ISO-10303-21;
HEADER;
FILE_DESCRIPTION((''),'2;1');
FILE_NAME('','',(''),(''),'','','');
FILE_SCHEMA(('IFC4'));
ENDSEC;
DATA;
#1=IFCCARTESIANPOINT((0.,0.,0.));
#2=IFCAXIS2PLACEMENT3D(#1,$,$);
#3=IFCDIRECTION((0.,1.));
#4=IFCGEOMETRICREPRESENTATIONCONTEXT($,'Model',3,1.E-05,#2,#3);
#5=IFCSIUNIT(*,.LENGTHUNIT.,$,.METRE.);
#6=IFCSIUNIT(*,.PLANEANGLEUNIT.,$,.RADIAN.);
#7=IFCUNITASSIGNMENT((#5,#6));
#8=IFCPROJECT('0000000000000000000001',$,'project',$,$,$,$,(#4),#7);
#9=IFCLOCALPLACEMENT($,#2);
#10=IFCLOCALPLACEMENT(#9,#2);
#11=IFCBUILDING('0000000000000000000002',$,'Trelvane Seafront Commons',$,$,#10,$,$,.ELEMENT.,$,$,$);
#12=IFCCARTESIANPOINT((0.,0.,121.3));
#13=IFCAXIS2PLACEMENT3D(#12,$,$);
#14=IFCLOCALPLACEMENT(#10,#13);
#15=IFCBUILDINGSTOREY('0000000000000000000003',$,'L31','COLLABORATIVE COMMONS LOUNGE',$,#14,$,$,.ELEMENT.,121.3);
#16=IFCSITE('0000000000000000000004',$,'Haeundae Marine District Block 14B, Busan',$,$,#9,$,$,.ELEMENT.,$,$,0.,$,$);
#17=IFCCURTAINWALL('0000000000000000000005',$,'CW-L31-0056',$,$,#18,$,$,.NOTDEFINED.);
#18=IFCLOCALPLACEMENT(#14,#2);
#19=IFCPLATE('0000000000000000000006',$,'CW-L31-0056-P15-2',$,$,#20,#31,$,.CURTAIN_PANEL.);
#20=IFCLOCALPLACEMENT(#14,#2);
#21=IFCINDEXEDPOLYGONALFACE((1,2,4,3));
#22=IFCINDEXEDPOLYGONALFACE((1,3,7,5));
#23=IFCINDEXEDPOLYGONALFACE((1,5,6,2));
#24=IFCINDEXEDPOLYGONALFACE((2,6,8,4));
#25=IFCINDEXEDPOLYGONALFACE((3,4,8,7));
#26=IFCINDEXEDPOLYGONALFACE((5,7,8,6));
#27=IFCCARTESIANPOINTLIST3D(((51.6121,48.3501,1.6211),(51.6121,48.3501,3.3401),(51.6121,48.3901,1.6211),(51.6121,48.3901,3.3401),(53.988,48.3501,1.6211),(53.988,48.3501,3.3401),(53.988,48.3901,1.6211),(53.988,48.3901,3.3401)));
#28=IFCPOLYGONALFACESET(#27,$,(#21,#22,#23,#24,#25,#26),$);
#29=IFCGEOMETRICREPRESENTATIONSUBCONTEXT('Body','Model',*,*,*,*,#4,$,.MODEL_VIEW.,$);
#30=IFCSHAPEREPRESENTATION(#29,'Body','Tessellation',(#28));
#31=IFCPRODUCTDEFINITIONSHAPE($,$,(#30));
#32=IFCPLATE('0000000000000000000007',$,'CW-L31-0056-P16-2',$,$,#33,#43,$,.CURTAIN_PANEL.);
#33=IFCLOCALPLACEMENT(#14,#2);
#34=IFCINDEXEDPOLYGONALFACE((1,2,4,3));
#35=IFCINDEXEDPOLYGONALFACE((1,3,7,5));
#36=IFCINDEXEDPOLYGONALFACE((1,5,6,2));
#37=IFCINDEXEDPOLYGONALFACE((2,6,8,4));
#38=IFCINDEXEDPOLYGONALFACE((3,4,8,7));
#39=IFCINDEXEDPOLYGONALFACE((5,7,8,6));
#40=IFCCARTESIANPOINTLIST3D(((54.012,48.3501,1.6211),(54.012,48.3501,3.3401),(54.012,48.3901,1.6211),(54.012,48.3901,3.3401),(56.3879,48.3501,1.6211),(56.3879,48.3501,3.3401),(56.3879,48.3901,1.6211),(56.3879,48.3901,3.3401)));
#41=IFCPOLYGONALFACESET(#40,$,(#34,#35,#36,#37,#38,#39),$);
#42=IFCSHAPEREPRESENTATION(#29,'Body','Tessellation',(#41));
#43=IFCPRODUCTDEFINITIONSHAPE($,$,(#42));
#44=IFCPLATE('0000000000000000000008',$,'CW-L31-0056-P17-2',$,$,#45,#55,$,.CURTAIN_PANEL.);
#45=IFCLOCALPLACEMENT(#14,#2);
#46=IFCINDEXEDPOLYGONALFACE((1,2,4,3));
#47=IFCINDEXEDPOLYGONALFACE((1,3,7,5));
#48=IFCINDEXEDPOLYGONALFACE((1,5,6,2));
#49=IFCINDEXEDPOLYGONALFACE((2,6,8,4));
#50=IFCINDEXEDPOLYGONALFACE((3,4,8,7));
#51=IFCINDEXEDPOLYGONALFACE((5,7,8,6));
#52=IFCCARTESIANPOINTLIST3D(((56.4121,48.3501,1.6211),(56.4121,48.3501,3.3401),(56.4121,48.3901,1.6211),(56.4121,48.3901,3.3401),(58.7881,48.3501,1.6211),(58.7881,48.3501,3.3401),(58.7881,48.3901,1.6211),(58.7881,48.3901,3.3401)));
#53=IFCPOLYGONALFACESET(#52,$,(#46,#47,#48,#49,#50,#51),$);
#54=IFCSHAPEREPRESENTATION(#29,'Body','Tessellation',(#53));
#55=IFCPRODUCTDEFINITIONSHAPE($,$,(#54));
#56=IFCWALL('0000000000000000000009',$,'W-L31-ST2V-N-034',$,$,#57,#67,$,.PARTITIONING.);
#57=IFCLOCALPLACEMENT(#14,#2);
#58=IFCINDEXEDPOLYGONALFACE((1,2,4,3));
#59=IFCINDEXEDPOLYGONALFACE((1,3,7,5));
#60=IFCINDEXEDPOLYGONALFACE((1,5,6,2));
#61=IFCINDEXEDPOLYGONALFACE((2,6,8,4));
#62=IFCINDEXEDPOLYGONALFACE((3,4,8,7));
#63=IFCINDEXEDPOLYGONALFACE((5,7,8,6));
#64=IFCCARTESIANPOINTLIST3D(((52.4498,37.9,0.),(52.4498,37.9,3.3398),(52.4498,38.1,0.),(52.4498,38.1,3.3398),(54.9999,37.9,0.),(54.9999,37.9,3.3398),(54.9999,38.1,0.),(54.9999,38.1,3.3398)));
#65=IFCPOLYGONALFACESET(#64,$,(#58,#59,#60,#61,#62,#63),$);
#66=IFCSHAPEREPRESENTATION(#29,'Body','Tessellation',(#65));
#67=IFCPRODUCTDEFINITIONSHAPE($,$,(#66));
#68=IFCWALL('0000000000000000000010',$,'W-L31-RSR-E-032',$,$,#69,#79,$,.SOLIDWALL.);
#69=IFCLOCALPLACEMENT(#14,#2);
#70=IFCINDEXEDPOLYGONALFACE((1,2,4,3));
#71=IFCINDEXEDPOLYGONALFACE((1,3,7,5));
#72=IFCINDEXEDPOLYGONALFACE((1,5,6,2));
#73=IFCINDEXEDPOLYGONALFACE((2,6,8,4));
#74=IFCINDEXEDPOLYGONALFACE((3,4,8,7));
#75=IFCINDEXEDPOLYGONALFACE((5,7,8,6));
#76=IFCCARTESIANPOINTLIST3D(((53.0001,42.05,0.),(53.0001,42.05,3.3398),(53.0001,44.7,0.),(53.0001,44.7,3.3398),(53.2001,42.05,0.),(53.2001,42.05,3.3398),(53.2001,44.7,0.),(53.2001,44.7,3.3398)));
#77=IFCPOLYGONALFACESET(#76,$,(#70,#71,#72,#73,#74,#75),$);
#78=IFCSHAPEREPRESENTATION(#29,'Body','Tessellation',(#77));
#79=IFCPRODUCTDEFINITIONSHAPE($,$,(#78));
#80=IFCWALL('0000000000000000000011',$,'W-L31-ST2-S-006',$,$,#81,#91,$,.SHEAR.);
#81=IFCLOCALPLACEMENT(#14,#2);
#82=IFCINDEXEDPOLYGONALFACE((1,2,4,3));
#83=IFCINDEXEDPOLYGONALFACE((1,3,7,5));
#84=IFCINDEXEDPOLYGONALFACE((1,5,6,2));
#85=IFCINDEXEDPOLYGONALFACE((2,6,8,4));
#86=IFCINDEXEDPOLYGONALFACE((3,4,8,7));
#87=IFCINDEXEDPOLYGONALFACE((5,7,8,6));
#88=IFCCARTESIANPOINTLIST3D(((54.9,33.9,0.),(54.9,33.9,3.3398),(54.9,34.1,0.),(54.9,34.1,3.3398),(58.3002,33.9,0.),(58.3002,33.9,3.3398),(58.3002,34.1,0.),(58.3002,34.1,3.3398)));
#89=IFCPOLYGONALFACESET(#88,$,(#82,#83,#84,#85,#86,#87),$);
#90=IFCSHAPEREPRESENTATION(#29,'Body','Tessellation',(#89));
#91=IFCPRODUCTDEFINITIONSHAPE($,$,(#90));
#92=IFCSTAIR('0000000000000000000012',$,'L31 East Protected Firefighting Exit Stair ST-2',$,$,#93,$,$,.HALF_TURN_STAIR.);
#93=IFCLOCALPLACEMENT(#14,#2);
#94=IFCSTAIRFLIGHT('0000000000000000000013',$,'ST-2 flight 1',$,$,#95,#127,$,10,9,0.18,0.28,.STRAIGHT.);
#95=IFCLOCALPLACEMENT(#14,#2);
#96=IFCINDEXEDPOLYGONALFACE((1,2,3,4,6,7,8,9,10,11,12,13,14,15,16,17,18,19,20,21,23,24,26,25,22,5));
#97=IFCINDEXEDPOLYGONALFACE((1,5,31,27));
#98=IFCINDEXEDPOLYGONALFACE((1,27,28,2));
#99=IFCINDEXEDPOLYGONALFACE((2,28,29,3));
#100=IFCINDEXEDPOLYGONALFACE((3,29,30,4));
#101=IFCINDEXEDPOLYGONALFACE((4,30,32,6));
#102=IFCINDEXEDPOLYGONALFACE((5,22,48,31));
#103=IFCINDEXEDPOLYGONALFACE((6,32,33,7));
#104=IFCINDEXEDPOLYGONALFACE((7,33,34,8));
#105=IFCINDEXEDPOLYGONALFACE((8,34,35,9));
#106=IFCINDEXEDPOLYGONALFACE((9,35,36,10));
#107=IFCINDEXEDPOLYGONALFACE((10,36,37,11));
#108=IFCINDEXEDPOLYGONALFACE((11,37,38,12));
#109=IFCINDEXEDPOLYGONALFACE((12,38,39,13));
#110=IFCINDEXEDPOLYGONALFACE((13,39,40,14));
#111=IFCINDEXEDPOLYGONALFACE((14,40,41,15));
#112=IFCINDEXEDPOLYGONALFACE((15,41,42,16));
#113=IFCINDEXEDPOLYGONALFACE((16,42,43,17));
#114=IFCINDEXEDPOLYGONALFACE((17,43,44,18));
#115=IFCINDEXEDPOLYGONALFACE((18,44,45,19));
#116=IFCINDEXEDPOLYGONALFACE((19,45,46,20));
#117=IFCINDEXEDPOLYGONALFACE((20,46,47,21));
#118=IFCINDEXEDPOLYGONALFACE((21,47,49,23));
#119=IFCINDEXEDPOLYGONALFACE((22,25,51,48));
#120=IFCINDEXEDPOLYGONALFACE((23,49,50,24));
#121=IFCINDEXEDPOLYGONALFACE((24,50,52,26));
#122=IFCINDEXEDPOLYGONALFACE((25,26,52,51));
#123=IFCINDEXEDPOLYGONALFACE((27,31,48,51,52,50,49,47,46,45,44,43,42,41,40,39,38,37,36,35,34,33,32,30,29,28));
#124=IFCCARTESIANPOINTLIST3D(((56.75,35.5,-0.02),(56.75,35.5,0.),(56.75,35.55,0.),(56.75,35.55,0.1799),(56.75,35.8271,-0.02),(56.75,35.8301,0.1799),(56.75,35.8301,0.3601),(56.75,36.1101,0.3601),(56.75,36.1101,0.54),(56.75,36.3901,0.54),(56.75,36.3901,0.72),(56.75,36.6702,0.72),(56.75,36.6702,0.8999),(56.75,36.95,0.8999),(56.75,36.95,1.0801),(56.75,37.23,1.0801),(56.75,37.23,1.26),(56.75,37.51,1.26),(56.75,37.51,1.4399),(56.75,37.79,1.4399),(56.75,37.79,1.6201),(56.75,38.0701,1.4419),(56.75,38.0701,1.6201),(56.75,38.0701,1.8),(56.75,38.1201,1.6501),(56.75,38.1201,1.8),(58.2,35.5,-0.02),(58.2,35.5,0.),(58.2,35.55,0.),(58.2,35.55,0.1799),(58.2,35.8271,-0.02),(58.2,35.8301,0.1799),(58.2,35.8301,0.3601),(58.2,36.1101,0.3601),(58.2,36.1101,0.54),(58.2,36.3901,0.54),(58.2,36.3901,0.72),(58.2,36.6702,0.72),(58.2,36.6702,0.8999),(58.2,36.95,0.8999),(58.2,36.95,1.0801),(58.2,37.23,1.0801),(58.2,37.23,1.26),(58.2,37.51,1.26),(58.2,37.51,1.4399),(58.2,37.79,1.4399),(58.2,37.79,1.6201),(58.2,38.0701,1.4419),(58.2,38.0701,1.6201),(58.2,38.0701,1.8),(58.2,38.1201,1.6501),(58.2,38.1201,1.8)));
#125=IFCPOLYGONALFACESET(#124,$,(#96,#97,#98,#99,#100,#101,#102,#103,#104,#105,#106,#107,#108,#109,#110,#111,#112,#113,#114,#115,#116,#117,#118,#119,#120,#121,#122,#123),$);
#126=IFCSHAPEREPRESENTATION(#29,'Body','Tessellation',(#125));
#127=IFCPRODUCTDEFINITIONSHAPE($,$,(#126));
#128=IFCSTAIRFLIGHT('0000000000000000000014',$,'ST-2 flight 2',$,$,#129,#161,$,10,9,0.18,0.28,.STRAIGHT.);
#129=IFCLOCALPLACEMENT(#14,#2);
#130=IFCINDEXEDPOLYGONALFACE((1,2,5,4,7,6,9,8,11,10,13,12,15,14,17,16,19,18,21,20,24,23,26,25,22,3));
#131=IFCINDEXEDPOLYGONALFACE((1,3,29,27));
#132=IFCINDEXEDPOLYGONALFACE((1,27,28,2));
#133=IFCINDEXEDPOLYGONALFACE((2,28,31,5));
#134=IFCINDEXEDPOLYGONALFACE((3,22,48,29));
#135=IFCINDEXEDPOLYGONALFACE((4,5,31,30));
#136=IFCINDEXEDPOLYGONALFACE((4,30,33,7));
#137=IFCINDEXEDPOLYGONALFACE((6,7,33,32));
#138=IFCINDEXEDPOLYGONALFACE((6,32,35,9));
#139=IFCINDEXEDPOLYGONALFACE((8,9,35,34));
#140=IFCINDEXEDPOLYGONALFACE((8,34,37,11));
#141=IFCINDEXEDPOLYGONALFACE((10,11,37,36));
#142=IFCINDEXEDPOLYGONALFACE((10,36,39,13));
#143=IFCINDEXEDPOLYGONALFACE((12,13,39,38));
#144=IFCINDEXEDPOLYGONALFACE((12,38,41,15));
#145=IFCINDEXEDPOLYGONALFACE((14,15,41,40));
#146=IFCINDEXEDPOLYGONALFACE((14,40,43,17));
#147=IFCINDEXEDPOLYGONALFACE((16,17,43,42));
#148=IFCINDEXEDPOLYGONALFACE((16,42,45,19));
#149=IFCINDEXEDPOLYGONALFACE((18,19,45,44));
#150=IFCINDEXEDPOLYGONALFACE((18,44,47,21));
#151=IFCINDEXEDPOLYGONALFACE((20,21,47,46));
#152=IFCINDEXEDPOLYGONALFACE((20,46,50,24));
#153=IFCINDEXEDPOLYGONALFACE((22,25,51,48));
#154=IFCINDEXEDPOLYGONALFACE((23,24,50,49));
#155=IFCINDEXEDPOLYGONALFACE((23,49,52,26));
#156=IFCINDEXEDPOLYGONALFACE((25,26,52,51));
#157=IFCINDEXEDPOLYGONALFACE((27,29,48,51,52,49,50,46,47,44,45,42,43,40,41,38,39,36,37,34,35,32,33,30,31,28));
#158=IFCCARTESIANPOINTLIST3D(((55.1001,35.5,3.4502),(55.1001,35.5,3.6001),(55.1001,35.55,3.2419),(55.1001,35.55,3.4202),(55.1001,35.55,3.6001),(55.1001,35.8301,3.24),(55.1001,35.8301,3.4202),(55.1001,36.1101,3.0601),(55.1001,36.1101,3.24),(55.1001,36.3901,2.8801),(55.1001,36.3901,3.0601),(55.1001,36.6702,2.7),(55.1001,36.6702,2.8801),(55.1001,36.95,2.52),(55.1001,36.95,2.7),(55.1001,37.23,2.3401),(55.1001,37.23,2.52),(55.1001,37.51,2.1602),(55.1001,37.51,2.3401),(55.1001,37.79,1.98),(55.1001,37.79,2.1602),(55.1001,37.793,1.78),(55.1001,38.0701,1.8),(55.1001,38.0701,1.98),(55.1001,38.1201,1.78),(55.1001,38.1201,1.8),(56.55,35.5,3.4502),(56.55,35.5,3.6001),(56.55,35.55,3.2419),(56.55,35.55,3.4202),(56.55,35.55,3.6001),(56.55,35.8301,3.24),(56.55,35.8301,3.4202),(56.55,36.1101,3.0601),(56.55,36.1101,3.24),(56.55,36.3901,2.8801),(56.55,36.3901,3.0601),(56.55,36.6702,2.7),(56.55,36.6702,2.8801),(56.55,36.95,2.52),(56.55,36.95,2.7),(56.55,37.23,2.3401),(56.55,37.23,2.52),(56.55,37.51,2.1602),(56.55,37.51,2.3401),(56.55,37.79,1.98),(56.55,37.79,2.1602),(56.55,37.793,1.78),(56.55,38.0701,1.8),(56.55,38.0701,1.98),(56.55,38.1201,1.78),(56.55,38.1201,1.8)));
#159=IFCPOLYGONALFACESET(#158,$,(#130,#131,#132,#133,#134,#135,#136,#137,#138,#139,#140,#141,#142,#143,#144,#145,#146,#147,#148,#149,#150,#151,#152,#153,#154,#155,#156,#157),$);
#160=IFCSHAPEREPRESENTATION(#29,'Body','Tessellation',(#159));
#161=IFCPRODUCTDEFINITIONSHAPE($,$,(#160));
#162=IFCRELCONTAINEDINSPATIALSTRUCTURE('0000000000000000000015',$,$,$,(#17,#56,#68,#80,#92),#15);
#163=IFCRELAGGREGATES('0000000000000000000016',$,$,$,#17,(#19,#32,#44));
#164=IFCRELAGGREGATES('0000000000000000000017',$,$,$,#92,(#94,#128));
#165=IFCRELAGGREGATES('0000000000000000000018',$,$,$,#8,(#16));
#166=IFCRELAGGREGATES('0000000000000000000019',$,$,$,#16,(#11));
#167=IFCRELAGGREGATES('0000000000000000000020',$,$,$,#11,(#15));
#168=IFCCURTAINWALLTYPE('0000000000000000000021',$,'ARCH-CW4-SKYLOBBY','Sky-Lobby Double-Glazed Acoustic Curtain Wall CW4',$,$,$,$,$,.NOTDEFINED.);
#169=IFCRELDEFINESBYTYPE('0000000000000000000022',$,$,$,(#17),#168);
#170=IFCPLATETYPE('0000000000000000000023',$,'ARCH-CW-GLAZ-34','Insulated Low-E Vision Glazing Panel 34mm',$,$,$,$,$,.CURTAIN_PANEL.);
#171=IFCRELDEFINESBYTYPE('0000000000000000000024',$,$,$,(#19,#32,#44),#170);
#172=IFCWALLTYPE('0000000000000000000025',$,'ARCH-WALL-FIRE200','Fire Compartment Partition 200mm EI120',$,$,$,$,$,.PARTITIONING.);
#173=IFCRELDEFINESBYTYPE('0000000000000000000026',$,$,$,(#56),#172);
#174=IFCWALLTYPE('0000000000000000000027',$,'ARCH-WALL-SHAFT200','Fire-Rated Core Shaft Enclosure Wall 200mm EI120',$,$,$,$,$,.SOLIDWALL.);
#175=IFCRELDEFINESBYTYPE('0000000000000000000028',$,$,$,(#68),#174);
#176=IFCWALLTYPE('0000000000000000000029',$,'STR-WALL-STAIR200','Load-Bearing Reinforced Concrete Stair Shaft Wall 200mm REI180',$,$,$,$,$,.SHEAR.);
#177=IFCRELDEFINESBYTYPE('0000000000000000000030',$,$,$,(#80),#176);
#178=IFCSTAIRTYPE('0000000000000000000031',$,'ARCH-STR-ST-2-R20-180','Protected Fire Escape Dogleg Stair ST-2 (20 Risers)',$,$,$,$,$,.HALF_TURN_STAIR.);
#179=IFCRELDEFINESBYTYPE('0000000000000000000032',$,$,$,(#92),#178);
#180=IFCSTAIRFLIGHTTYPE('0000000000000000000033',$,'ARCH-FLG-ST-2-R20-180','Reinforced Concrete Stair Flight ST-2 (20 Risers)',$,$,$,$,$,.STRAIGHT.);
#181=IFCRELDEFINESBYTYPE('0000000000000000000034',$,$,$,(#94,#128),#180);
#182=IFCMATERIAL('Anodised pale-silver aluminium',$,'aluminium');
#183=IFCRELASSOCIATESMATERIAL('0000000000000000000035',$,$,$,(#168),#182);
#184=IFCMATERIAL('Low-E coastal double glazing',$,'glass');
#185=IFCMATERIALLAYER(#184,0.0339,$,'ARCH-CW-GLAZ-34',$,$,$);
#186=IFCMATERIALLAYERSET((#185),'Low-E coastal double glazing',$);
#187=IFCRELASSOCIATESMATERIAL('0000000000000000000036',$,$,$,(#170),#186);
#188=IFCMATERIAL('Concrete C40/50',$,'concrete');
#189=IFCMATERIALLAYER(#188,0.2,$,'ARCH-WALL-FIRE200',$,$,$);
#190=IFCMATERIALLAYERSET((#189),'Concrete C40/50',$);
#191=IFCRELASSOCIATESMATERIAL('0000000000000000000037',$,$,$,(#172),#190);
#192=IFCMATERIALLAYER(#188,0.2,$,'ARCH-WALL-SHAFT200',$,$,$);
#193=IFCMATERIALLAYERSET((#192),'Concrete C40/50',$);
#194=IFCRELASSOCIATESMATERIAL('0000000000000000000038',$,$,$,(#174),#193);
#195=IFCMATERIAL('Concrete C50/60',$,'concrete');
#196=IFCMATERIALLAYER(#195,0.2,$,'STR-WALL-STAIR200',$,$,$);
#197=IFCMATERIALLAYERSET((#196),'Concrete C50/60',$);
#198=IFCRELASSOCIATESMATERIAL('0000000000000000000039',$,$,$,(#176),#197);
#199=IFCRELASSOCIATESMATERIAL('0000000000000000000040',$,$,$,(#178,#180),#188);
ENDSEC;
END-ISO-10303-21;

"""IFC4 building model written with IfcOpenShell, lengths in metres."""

from ifc_helpers import new_model, si_unit, direction, frame, frame_2d, origin, origin_2d, place, context, subcontext, project, spatial, polyline, rectangle, outline, extrude, source, transform, mapped, material, layer, layer_set, type_object, element, aggregate, save


model = new_model("IFC4")

# Units and contexts
model_context = context("Model", 3, precision=1e-05, world=origin(), true_north=direction((0.0, 1.0)))
body_context = subcontext(model_context, "Body", "Model", "MODEL_VIEW")
ifc_project = project(units=[si_unit("LENGTHUNIT", "METRE"), si_unit("PLANEANGLEUNIT", "RADIAN")], contexts=[model_context])

# Site, building, storey
site_placement = place(None, origin())
site = spatial("IfcSite", under=ifc_project, at=site_placement, Name="Haeundae Marine District Block 14B, Busan", CompositionType="ELEMENT", RefElevation=0.0)
building_placement = place(site_placement, origin())
building = spatial("IfcBuilding", under=site, at=building_placement, Name="Trelvane Seafront Commons", CompositionType="ELEMENT")
storey_placement = place(building_placement, frame((0.0, 0.0, 121.3)))
storey = spatial("IfcBuildingStorey", under=building, at=storey_placement, Name="L31", Description="COLLABORATIVE COMMONS LOUNGE", CompositionType="ELEMENT", Elevation=121.3)

# Curtain wall
ifc_material_1 = material(Name="Anodised pale-silver aluminium", Category="aluminium")
curtain_wall_type = type_object("IfcCurtainWallType", Name="ARCH-CW4-SKYLOBBY", Description="Sky-Lobby Double-Glazed Acoustic Curtain Wall CW4", PredefinedType="NOTDEFINED", material=ifc_material_1)
curtain_wall_placement = place(storey_placement, origin())
curtain_wall = element("IfcCurtainWall", 1, at=curtain_wall_placement, inside=storey, type_object=curtain_wall_type, Name="CW-L31-0056", PredefinedType="NOTDEFINED")

# Plates
ifc_material_2 = material(Name="Low-E coastal double glazing", Category="glass")
ifc_layer_1 = layer(ifc_material_2, 0.0339, Name="ARCH-CW-GLAZ-34")
ifc_layer_set_1 = layer_set([ifc_layer_1], Name="Low-E coastal double glazing")
plate_type_1 = type_object("IfcPlateType", Name="ARCH-CW-GLAZ-34", Description="Insulated Low-E Vision Glazing Panel 34mm", PredefinedType="CURTAIN_PANEL", material=ifc_layer_set_1)
shared_shape_1 = source(origin(), body_context, "Body", "SweptSolid", [
    extrude(rectangle(XDim=2.376, YDim=0.04, at=origin_2d()), origin(), (0.0, 0.0, 1.0), 1.719),
])
plate_1_placement = place(storey_placement, frame((52.8, 48.3701, 1.6211), z_axis=(0.0, 0.0, 1.0), x_axis=(1.0, 0.0, 0.0)))
plate_1 = element("IfcPlate", 2, at=plate_1_placement, type_object=plate_type_1, Name="CW-L31-0056-P15-2", PredefinedType="CURTAIN_PANEL", context=body_context, shape_type="MappedRepresentation", body=[
    mapped(shared_shape_1, transform((0.0, 0.0, 0.0), x_axis=(1.0, 0.0, 0.0), y_axis=(0.0, 1.0, 0.0), z_axis=(0.0, 0.0, 1.0), scale=1.0)),
])
plate_2_placement = place(storey_placement, frame((55.2, 48.3701, 1.6211), z_axis=(0.0, 0.0, 1.0), x_axis=(1.0, 0.0, 0.0)))
plate_2 = element("IfcPlate", 3, at=plate_2_placement, type_object=plate_type_1, Name="CW-L31-0056-P16-2", PredefinedType="CURTAIN_PANEL", context=body_context, shape_type="MappedRepresentation", body=[
    mapped(shared_shape_1, transform((0.0, 0.0, 0.0), x_axis=(1.0, 0.0, 0.0), y_axis=(0.0, 1.0, 0.0), z_axis=(0.0, 0.0, 1.0), scale=1.0)),
])
plate_3_placement = place(storey_placement, frame((57.6001, 48.3701, 1.6211), z_axis=(0.0, 0.0, 1.0), x_axis=(1.0, 0.0, 0.0)))
plate_3 = element("IfcPlate", 4, at=plate_3_placement, type_object=plate_type_1, Name="CW-L31-0056-P17-2", PredefinedType="CURTAIN_PANEL", context=body_context, shape_type="MappedRepresentation", body=[
    mapped(shared_shape_1, transform((0.0, 0.0, 0.0), x_axis=(1.0, 0.0, 0.0), y_axis=(0.0, 1.0, 0.0), z_axis=(0.0, 0.0, 1.0), scale=1.0)),
])
aggregate(curtain_wall, [plate_1, plate_2, plate_3])

# Walls
ifc_material_3 = material(Name="Concrete C40/50", Category="concrete")
ifc_layer_2 = layer(ifc_material_3, 0.2, Name="ARCH-WALL-FIRE200")
ifc_layer_set_2 = layer_set([ifc_layer_2], Name="Concrete C40/50")
wall_type_1 = type_object("IfcWallType", Name="ARCH-WALL-FIRE200", Description="Fire Compartment Partition 200mm EI120", PredefinedType="PARTITIONING", material=ifc_layer_set_2)
wall_1_placement = place(storey_placement, frame((52.45, 38.0, 0.0), z_axis=(0.0, 0.0, 1.0), x_axis=(1.0, 0.0, 0.0)))
element("IfcWall", 5, at=wall_1_placement, inside=storey, type_object=wall_type_1, Name="W-L31-ST2V-N-034", PredefinedType="PARTITIONING", context=body_context, shape_type="SweptSolid", body=[
    extrude(rectangle(XDim=2.55, YDim=0.2, at=frame_2d((1.2749, 0.0))), origin(), (0.0, 0.0, 1.0), 3.3398),
])
ifc_layer_3 = layer(ifc_material_3, 0.2, Name="ARCH-WALL-SHAFT200")
ifc_layer_set_3 = layer_set([ifc_layer_3], Name="Concrete C40/50")
wall_type_2 = type_object("IfcWallType", Name="ARCH-WALL-SHAFT200", Description="Fire-Rated Core Shaft Enclosure Wall 200mm EI120", PredefinedType="SOLIDWALL", material=ifc_layer_set_3)
wall_2_placement = place(storey_placement, frame((53.1001, 42.05, 0.0), z_axis=(0.0, 0.0, 1.0), x_axis=(0.0, 1.0, 0.0)))
element("IfcWall", 6, at=wall_2_placement, inside=storey, type_object=wall_type_2, Name="W-L31-RSR-E-032", PredefinedType="SOLIDWALL", context=body_context, shape_type="SweptSolid", body=[
    extrude(rectangle(XDim=2.6499, YDim=0.2, at=frame_2d((1.325, 0.0))), origin(), (0.0, 0.0, 1.0), 3.3398),
])
ifc_material_4 = material(Name="Concrete C50/60", Category="concrete")
ifc_layer_4 = layer(ifc_material_4, 0.2, Name="STR-WALL-STAIR200")
ifc_layer_set_4 = layer_set([ifc_layer_4], Name="Concrete C50/60")
wall_type_3 = type_object("IfcWallType", Name="STR-WALL-STAIR200", Description="Load-Bearing Reinforced Concrete Stair Shaft Wall 200mm REI180", PredefinedType="SHEAR", material=ifc_layer_set_4)
wall_3_placement = place(storey_placement, frame((54.8999, 34.0, 0.0), z_axis=(0.0, 0.0, 1.0), x_axis=(1.0, 0.0, 0.0)))
element("IfcWall", 7, at=wall_3_placement, inside=storey, type_object=wall_type_3, Name="W-L31-ST2-S-006", PredefinedType="SHEAR", context=body_context, shape_type="SweptSolid", body=[
    extrude(rectangle(XDim=3.4001, YDim=0.2, at=frame_2d((1.7002, 0.0))), origin(), (0.0, 0.0, 1.0), 3.3398),
])

# Stair, stair flights
stair_type = type_object("IfcStairType", Name="ARCH-STR-ST-2-R20-180", Description="Protected Fire Escape Dogleg Stair ST-2 (20 Risers)", PredefinedType="HALF_TURN_STAIR", material=ifc_material_3)
stair_placement = place(storey_placement, origin())
stair = element("IfcStair", 8, at=stair_placement, inside=storey, type_object=stair_type, Name="L31 East Protected Firefighting Exit Stair ST-2", PredefinedType="HALF_TURN_STAIR")
stair_flight_type = type_object("IfcStairFlightType", Name="ARCH-FLG-ST-2-R20-180", Description="Reinforced Concrete Stair Flight ST-2 (20 Risers)", PredefinedType="STRAIGHT", material=ifc_material_3)
shared_shape_2 = source(origin(), body_context, "Body", "SweptSolid", [
    extrude(outline(polyline([(-0.05, -0.02), (-0.05, 0.0), (0.0, 0.0), (0.0, 0.1799), (0.28, 0.1799), (0.28, 0.3601), (0.5601, 0.3601), (0.5601, 0.54), (0.8401, 0.54), (0.8401, 0.72), (1.1201, 0.72), (1.1201, 0.8999), (1.3999, 0.8999), (1.3999, 1.0801), (1.6799, 1.0801), (1.6799, 1.26), (1.96, 1.26), (1.96, 1.4399), (2.24, 1.4399), (2.24, 1.6201), (2.52, 1.6201), (2.52, 1.8), (2.5701, 1.8), (2.5701, 1.6501), (2.52, 1.4419), (0.2771, -0.02), (-0.05, -0.02)])), frame((0.0, 0.7251, 0.0), z_axis=(0.0, -1.0, 0.0), x_axis=(1.0, 0.0, 0.0)), (0.0, 0.0, 1.0), 1.45),
])
stair_flight_1_placement = place(storey_placement, frame((57.4751, 35.55, 0.0), z_axis=(0.0, 0.0, 1.0), x_axis=(0.0, 1.0, 0.0)))
stair_flight_1 = element("IfcStairFlight", 9, at=stair_flight_1_placement, type_object=stair_flight_type, Name="ST-2 flight 1", NumberOfRisers=10, NumberOfTreads=9, PredefinedType="STRAIGHT", RiserHeight=0.18, TreadLength=0.28, context=body_context, shape_type="MappedRepresentation", body=[
    mapped(shared_shape_2, transform((0.0, 0.0, 0.0), x_axis=(1.0, 0.0, 0.0), y_axis=(0.0, 1.0, 0.0), z_axis=(0.0, 0.0, 1.0), scale=1.0)),
])
stair_flight_2_placement = place(storey_placement, frame((55.825, 38.0701, 1.8), z_axis=(0.0, 0.0, 1.0), x_axis=(0.0, -1.0, 0.0)))
stair_flight_2 = element("IfcStairFlight", 10, at=stair_flight_2_placement, type_object=stair_flight_type, Name="ST-2 flight 2", NumberOfRisers=10, NumberOfTreads=9, PredefinedType="STRAIGHT", RiserHeight=0.18, TreadLength=0.28, context=body_context, shape_type="MappedRepresentation", body=[
    mapped(shared_shape_2, transform((0.0, 0.0, 0.0), x_axis=(1.0, 0.0, 0.0), y_axis=(0.0, 1.0, 0.0), z_axis=(0.0, 0.0, 1.0), scale=1.0)),
])
aggregate(stair, [stair_flight_1, stair_flight_2])

save(model, "model.ifc")
